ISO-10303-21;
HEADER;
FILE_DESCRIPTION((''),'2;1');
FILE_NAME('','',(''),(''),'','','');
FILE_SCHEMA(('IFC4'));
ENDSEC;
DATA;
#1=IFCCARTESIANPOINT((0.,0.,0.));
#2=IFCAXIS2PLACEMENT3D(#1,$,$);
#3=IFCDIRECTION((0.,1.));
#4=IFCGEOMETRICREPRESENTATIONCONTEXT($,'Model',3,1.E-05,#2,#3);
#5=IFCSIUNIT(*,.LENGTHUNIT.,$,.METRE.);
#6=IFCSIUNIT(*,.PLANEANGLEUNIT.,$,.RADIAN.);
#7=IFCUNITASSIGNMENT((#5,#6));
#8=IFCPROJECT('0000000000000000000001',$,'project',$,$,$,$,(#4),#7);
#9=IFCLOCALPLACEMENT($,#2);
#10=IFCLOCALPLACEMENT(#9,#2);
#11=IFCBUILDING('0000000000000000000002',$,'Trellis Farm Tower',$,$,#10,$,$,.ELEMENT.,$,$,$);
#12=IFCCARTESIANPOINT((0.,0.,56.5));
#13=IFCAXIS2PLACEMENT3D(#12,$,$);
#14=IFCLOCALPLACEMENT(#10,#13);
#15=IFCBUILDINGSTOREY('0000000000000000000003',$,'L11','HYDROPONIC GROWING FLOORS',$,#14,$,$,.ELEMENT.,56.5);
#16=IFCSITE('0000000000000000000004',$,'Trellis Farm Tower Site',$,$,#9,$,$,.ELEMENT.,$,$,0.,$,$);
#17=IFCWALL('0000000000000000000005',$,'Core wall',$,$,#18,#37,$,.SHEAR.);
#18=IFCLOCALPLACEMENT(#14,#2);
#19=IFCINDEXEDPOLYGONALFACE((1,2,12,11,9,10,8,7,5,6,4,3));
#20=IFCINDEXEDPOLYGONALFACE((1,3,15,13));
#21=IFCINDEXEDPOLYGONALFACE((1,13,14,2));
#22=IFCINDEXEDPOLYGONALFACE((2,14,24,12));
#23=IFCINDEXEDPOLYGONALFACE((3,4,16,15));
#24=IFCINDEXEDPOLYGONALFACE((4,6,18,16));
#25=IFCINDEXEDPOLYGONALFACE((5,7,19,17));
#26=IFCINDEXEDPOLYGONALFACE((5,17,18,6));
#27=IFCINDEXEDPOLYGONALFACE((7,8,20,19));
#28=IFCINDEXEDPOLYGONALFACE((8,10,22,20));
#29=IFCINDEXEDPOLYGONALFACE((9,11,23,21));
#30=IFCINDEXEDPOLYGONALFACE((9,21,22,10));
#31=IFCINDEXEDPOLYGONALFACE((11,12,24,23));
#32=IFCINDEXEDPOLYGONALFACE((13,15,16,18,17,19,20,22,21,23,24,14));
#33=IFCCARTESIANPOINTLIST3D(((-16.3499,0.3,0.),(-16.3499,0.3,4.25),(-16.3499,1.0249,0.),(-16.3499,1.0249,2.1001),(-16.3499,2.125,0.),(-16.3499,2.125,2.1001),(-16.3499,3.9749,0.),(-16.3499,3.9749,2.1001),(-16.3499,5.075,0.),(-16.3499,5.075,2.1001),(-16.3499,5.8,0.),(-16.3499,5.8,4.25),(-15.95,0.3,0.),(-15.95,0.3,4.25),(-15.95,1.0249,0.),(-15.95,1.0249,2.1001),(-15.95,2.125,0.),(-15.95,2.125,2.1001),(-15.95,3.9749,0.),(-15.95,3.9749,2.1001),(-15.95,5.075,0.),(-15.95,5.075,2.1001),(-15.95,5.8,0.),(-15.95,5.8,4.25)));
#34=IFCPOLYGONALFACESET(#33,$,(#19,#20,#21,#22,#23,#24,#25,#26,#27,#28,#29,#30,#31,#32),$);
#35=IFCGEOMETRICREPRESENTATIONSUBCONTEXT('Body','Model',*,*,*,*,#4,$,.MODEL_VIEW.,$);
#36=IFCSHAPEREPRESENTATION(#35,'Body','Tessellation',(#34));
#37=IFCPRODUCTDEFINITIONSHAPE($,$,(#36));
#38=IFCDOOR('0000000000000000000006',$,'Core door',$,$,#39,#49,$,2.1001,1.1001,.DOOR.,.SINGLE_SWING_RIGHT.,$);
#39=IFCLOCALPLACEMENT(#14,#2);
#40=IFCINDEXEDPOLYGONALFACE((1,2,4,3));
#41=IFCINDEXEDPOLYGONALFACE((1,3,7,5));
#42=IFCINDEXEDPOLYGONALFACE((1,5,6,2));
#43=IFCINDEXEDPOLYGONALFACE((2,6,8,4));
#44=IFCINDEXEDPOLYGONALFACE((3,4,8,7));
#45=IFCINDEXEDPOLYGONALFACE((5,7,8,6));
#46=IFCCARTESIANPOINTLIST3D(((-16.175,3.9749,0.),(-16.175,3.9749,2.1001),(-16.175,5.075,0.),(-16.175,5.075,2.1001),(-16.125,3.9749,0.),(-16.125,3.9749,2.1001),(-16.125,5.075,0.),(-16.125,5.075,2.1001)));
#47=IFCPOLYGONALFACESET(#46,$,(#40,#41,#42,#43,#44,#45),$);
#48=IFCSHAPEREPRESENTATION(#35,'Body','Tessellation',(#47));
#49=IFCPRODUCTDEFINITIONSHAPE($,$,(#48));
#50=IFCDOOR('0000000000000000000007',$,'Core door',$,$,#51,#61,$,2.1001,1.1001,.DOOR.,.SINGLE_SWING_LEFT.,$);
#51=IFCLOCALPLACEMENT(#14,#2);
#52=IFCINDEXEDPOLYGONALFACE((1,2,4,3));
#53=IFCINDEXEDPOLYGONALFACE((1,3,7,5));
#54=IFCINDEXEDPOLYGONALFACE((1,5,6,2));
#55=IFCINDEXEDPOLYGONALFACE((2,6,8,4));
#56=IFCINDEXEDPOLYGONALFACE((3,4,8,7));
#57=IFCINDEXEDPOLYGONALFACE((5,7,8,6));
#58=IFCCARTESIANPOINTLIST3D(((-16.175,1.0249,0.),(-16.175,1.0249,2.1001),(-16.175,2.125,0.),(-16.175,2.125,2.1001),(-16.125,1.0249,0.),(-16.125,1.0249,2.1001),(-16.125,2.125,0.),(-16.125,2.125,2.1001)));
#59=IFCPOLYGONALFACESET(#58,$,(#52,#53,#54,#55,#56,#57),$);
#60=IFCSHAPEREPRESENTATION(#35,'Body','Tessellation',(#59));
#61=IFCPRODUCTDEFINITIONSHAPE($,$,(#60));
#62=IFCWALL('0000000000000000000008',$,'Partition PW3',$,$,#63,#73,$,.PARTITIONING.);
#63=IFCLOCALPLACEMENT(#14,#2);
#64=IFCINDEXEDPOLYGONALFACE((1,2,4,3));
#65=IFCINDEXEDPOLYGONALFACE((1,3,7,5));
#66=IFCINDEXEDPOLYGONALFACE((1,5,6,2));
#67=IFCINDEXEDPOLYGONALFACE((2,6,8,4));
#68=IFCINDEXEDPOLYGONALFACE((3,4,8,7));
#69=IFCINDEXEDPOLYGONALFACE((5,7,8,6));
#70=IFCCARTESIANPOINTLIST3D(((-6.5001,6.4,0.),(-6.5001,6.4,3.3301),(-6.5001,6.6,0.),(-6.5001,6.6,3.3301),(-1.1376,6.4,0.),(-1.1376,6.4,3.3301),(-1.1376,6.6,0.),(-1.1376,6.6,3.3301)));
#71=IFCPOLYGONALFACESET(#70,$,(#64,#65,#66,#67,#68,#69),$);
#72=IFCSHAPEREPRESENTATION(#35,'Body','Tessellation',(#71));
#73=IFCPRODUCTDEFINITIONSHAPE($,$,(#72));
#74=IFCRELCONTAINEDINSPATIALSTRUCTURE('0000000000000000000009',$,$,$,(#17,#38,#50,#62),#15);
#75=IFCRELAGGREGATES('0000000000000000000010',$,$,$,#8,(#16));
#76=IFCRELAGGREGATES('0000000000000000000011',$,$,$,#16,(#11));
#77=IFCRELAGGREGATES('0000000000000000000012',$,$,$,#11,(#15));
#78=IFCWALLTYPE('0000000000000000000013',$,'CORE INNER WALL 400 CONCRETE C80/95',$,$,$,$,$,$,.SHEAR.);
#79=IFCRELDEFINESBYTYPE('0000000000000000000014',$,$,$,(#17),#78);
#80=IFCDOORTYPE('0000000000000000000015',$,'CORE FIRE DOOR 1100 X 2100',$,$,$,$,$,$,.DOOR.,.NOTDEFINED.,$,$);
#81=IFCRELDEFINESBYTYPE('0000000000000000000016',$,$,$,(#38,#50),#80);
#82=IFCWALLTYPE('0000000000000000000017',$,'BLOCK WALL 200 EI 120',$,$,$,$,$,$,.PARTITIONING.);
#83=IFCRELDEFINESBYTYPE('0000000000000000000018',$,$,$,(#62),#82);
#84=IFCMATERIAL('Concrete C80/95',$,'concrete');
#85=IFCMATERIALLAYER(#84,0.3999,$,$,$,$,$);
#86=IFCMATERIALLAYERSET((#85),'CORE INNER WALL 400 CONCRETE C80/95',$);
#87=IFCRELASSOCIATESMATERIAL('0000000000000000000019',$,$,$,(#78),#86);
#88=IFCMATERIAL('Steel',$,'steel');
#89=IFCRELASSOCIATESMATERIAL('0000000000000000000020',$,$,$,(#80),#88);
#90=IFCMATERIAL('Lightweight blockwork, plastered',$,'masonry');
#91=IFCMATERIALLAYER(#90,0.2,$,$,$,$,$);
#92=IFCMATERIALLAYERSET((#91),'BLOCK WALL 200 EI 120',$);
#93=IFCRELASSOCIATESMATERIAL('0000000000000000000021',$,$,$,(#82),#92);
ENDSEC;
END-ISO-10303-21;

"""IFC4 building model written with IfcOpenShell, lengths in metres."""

from ifc_helpers import new_model, si_unit, direction, frame, frame_2d, origin, place, context, subcontext, project, spatial, rectangle, extrude, source, transform, mapped, material, layer, layer_set, type_object, element, fill, save


model = new_model("IFC4")

# Units and contexts
model_context = context("Model", 3, precision=1e-05, world=origin(), true_north=direction((0.0, 1.0)))
body_context = subcontext(model_context, "Body", "Model", "MODEL_VIEW")
ifc_project = project(units=[si_unit("LENGTHUNIT", "METRE"), si_unit("PLANEANGLEUNIT", "RADIAN")], contexts=[model_context])

# Site, building, storey
site_placement = place(None, origin())
site = spatial("IfcSite", under=ifc_project, at=site_placement, Name="Trellis Farm Tower Site", CompositionType="ELEMENT", RefElevation=0.0)
building_placement = place(site_placement, origin())
building = spatial("IfcBuilding", under=site, at=building_placement, Name="Trellis Farm Tower", CompositionType="ELEMENT")
storey_placement = place(building_placement, frame((0.0, 0.0, 56.5)))
storey = spatial("IfcBuildingStorey", under=building, at=storey_placement, Name="L11", Description="HYDROPONIC GROWING FLOORS", CompositionType="ELEMENT", Elevation=56.5)

# Shared definitions
ifc_material_1 = material(Name="Concrete C80/95", Category="concrete")

# Shared definitions
ifc_material_2 = material(Name="Steel", Category="steel")

# Shared definitions
ifc_layer_1 = layer(ifc_material_1, 0.3999)
ifc_layer_set_1 = layer_set([ifc_layer_1], Name="CORE INNER WALL 400 CONCRETE C80/95")
wall_type_1 = type_object("IfcWallType", Name="CORE INNER WALL 400 CONCRETE C80/95", PredefinedType="SHEAR", material=ifc_layer_set_1)

# Wall, openings, doors
shared_shape_1 = source(origin(), body_context, "Body", "SweptSolid", [
    extrude(rectangle(XDim=5.5, YDim=0.3999, at=frame_2d((2.75, 0.0))), origin(), (0.0, 0.0, 1.0), 4.25),
])
wall_1_placement = place(storey_placement, frame((-16.1499, 5.8, 0.0), z_axis=(0.0, 0.0, 1.0), x_axis=(0.0, -1.0, 0.0)))
wall_1 = element("IfcWall", 1, at=wall_1_placement, inside=storey, type_object=wall_type_1, Name="Core wall", PredefinedType="SHEAR", context=body_context, shape_type="MappedRepresentation", body=[
    mapped(shared_shape_1, transform((0.0, 0.0, 0.0))),
])
shared_shape_2 = source(origin(), body_context, "Body", "SweptSolid", [
    extrude(rectangle(XDim=1.1001, YDim=2.1001, at=frame_2d((0.55, 1.05))), frame((0.0, 0.21, 0.0), z_axis=(0.0, -1.0, 0.0), x_axis=(1.0, 0.0, 0.0)), (0.0, 0.0, 1.0), 0.4199),
])
opening_1_placement = place(wall_1_placement, frame((0.7251, 0.0, 0.0)))
opening_1 = element("IfcOpeningElement", 2, at=opening_1_placement, cuts=wall_1, PredefinedType="OPENING", context=body_context, shape_type="MappedRepresentation", body=[
    mapped(shared_shape_2, transform((0.0, 0.0, 0.0))),
])
opening_2_placement = place(wall_1_placement, frame((3.675, 0.0, 0.0)))
opening_2 = element("IfcOpeningElement", 3, at=opening_2_placement, cuts=wall_1, PredefinedType="OPENING", context=body_context, shape_type="MappedRepresentation", body=[
    mapped(shared_shape_2, transform((0.0, 0.0, 0.0))),
])
door_type_1 = type_object("IfcDoorType", Name="CORE FIRE DOOR 1100 X 2100", OperationType="NOTDEFINED", PredefinedType="DOOR", material=ifc_material_2)
shared_shape_3 = source(origin(), body_context, "Body", "SweptSolid", [
    extrude(rectangle(XDim=1.1001, YDim=2.1001, at=frame_2d((0.55, 1.05))), frame((0.0, 0.0249, 0.0), z_axis=(0.0, -1.0, 0.0), x_axis=(1.0, 0.0, 0.0)), (0.0, 0.0, 1.0), 0.05),
])
door_1_placement = place(opening_1_placement, origin())
door_1 = element("IfcDoor", 4, at=door_1_placement, inside=storey, type_object=door_type_1, Name="Core door", OperationType="SINGLE_SWING_RIGHT", OverallHeight=2.1001, OverallWidth=1.1001, PredefinedType="DOOR", context=body_context, shape_type="MappedRepresentation", body=[
    mapped(shared_shape_3, transform((0.0, 0.0, 0.0))),
])
fill(opening_1, door_1)
door_2_placement = place(opening_2_placement, origin())
door_2 = element("IfcDoor", 5, at=door_2_placement, inside=storey, type_object=door_type_1, Name="Core door", OperationType="SINGLE_SWING_LEFT", OverallHeight=2.1001, OverallWidth=1.1001, PredefinedType="DOOR", context=body_context, shape_type="MappedRepresentation", body=[
    mapped(shared_shape_3, transform((0.0, 0.0, 0.0))),
])
fill(opening_2, door_2)

# Wall
ifc_material_3 = material(Name="Lightweight blockwork, plastered", Category="masonry")
ifc_layer_2 = layer(ifc_material_3, 0.2)
ifc_layer_set_2 = layer_set([ifc_layer_2], Name="BLOCK WALL 200 EI 120")
wall_type_2 = type_object("IfcWallType", Name="BLOCK WALL 200 EI 120", PredefinedType="PARTITIONING", material=ifc_layer_set_2)
shared_shape_4 = source(origin(), body_context, "Body", "SweptSolid", [
    extrude(rectangle(XDim=5.3625, YDim=0.2, at=frame_2d((2.6812, 0.0))), origin(), (0.0, 0.0, 1.0), 3.3301),
])
wall_2_placement = place(storey_placement, frame((-6.5, 6.5, 0.0), z_axis=(0.0, 0.0, 1.0), x_axis=(1.0, 0.0, 0.0)))
element("IfcWall", 6, at=wall_2_placement, inside=storey, type_object=wall_type_2, Name="Partition PW3", PredefinedType="PARTITIONING", context=body_context, shape_type="MappedRepresentation", body=[
    mapped(shared_shape_4, transform((0.0, 0.0, 0.0))),
])

save(model, "model.ifc")
